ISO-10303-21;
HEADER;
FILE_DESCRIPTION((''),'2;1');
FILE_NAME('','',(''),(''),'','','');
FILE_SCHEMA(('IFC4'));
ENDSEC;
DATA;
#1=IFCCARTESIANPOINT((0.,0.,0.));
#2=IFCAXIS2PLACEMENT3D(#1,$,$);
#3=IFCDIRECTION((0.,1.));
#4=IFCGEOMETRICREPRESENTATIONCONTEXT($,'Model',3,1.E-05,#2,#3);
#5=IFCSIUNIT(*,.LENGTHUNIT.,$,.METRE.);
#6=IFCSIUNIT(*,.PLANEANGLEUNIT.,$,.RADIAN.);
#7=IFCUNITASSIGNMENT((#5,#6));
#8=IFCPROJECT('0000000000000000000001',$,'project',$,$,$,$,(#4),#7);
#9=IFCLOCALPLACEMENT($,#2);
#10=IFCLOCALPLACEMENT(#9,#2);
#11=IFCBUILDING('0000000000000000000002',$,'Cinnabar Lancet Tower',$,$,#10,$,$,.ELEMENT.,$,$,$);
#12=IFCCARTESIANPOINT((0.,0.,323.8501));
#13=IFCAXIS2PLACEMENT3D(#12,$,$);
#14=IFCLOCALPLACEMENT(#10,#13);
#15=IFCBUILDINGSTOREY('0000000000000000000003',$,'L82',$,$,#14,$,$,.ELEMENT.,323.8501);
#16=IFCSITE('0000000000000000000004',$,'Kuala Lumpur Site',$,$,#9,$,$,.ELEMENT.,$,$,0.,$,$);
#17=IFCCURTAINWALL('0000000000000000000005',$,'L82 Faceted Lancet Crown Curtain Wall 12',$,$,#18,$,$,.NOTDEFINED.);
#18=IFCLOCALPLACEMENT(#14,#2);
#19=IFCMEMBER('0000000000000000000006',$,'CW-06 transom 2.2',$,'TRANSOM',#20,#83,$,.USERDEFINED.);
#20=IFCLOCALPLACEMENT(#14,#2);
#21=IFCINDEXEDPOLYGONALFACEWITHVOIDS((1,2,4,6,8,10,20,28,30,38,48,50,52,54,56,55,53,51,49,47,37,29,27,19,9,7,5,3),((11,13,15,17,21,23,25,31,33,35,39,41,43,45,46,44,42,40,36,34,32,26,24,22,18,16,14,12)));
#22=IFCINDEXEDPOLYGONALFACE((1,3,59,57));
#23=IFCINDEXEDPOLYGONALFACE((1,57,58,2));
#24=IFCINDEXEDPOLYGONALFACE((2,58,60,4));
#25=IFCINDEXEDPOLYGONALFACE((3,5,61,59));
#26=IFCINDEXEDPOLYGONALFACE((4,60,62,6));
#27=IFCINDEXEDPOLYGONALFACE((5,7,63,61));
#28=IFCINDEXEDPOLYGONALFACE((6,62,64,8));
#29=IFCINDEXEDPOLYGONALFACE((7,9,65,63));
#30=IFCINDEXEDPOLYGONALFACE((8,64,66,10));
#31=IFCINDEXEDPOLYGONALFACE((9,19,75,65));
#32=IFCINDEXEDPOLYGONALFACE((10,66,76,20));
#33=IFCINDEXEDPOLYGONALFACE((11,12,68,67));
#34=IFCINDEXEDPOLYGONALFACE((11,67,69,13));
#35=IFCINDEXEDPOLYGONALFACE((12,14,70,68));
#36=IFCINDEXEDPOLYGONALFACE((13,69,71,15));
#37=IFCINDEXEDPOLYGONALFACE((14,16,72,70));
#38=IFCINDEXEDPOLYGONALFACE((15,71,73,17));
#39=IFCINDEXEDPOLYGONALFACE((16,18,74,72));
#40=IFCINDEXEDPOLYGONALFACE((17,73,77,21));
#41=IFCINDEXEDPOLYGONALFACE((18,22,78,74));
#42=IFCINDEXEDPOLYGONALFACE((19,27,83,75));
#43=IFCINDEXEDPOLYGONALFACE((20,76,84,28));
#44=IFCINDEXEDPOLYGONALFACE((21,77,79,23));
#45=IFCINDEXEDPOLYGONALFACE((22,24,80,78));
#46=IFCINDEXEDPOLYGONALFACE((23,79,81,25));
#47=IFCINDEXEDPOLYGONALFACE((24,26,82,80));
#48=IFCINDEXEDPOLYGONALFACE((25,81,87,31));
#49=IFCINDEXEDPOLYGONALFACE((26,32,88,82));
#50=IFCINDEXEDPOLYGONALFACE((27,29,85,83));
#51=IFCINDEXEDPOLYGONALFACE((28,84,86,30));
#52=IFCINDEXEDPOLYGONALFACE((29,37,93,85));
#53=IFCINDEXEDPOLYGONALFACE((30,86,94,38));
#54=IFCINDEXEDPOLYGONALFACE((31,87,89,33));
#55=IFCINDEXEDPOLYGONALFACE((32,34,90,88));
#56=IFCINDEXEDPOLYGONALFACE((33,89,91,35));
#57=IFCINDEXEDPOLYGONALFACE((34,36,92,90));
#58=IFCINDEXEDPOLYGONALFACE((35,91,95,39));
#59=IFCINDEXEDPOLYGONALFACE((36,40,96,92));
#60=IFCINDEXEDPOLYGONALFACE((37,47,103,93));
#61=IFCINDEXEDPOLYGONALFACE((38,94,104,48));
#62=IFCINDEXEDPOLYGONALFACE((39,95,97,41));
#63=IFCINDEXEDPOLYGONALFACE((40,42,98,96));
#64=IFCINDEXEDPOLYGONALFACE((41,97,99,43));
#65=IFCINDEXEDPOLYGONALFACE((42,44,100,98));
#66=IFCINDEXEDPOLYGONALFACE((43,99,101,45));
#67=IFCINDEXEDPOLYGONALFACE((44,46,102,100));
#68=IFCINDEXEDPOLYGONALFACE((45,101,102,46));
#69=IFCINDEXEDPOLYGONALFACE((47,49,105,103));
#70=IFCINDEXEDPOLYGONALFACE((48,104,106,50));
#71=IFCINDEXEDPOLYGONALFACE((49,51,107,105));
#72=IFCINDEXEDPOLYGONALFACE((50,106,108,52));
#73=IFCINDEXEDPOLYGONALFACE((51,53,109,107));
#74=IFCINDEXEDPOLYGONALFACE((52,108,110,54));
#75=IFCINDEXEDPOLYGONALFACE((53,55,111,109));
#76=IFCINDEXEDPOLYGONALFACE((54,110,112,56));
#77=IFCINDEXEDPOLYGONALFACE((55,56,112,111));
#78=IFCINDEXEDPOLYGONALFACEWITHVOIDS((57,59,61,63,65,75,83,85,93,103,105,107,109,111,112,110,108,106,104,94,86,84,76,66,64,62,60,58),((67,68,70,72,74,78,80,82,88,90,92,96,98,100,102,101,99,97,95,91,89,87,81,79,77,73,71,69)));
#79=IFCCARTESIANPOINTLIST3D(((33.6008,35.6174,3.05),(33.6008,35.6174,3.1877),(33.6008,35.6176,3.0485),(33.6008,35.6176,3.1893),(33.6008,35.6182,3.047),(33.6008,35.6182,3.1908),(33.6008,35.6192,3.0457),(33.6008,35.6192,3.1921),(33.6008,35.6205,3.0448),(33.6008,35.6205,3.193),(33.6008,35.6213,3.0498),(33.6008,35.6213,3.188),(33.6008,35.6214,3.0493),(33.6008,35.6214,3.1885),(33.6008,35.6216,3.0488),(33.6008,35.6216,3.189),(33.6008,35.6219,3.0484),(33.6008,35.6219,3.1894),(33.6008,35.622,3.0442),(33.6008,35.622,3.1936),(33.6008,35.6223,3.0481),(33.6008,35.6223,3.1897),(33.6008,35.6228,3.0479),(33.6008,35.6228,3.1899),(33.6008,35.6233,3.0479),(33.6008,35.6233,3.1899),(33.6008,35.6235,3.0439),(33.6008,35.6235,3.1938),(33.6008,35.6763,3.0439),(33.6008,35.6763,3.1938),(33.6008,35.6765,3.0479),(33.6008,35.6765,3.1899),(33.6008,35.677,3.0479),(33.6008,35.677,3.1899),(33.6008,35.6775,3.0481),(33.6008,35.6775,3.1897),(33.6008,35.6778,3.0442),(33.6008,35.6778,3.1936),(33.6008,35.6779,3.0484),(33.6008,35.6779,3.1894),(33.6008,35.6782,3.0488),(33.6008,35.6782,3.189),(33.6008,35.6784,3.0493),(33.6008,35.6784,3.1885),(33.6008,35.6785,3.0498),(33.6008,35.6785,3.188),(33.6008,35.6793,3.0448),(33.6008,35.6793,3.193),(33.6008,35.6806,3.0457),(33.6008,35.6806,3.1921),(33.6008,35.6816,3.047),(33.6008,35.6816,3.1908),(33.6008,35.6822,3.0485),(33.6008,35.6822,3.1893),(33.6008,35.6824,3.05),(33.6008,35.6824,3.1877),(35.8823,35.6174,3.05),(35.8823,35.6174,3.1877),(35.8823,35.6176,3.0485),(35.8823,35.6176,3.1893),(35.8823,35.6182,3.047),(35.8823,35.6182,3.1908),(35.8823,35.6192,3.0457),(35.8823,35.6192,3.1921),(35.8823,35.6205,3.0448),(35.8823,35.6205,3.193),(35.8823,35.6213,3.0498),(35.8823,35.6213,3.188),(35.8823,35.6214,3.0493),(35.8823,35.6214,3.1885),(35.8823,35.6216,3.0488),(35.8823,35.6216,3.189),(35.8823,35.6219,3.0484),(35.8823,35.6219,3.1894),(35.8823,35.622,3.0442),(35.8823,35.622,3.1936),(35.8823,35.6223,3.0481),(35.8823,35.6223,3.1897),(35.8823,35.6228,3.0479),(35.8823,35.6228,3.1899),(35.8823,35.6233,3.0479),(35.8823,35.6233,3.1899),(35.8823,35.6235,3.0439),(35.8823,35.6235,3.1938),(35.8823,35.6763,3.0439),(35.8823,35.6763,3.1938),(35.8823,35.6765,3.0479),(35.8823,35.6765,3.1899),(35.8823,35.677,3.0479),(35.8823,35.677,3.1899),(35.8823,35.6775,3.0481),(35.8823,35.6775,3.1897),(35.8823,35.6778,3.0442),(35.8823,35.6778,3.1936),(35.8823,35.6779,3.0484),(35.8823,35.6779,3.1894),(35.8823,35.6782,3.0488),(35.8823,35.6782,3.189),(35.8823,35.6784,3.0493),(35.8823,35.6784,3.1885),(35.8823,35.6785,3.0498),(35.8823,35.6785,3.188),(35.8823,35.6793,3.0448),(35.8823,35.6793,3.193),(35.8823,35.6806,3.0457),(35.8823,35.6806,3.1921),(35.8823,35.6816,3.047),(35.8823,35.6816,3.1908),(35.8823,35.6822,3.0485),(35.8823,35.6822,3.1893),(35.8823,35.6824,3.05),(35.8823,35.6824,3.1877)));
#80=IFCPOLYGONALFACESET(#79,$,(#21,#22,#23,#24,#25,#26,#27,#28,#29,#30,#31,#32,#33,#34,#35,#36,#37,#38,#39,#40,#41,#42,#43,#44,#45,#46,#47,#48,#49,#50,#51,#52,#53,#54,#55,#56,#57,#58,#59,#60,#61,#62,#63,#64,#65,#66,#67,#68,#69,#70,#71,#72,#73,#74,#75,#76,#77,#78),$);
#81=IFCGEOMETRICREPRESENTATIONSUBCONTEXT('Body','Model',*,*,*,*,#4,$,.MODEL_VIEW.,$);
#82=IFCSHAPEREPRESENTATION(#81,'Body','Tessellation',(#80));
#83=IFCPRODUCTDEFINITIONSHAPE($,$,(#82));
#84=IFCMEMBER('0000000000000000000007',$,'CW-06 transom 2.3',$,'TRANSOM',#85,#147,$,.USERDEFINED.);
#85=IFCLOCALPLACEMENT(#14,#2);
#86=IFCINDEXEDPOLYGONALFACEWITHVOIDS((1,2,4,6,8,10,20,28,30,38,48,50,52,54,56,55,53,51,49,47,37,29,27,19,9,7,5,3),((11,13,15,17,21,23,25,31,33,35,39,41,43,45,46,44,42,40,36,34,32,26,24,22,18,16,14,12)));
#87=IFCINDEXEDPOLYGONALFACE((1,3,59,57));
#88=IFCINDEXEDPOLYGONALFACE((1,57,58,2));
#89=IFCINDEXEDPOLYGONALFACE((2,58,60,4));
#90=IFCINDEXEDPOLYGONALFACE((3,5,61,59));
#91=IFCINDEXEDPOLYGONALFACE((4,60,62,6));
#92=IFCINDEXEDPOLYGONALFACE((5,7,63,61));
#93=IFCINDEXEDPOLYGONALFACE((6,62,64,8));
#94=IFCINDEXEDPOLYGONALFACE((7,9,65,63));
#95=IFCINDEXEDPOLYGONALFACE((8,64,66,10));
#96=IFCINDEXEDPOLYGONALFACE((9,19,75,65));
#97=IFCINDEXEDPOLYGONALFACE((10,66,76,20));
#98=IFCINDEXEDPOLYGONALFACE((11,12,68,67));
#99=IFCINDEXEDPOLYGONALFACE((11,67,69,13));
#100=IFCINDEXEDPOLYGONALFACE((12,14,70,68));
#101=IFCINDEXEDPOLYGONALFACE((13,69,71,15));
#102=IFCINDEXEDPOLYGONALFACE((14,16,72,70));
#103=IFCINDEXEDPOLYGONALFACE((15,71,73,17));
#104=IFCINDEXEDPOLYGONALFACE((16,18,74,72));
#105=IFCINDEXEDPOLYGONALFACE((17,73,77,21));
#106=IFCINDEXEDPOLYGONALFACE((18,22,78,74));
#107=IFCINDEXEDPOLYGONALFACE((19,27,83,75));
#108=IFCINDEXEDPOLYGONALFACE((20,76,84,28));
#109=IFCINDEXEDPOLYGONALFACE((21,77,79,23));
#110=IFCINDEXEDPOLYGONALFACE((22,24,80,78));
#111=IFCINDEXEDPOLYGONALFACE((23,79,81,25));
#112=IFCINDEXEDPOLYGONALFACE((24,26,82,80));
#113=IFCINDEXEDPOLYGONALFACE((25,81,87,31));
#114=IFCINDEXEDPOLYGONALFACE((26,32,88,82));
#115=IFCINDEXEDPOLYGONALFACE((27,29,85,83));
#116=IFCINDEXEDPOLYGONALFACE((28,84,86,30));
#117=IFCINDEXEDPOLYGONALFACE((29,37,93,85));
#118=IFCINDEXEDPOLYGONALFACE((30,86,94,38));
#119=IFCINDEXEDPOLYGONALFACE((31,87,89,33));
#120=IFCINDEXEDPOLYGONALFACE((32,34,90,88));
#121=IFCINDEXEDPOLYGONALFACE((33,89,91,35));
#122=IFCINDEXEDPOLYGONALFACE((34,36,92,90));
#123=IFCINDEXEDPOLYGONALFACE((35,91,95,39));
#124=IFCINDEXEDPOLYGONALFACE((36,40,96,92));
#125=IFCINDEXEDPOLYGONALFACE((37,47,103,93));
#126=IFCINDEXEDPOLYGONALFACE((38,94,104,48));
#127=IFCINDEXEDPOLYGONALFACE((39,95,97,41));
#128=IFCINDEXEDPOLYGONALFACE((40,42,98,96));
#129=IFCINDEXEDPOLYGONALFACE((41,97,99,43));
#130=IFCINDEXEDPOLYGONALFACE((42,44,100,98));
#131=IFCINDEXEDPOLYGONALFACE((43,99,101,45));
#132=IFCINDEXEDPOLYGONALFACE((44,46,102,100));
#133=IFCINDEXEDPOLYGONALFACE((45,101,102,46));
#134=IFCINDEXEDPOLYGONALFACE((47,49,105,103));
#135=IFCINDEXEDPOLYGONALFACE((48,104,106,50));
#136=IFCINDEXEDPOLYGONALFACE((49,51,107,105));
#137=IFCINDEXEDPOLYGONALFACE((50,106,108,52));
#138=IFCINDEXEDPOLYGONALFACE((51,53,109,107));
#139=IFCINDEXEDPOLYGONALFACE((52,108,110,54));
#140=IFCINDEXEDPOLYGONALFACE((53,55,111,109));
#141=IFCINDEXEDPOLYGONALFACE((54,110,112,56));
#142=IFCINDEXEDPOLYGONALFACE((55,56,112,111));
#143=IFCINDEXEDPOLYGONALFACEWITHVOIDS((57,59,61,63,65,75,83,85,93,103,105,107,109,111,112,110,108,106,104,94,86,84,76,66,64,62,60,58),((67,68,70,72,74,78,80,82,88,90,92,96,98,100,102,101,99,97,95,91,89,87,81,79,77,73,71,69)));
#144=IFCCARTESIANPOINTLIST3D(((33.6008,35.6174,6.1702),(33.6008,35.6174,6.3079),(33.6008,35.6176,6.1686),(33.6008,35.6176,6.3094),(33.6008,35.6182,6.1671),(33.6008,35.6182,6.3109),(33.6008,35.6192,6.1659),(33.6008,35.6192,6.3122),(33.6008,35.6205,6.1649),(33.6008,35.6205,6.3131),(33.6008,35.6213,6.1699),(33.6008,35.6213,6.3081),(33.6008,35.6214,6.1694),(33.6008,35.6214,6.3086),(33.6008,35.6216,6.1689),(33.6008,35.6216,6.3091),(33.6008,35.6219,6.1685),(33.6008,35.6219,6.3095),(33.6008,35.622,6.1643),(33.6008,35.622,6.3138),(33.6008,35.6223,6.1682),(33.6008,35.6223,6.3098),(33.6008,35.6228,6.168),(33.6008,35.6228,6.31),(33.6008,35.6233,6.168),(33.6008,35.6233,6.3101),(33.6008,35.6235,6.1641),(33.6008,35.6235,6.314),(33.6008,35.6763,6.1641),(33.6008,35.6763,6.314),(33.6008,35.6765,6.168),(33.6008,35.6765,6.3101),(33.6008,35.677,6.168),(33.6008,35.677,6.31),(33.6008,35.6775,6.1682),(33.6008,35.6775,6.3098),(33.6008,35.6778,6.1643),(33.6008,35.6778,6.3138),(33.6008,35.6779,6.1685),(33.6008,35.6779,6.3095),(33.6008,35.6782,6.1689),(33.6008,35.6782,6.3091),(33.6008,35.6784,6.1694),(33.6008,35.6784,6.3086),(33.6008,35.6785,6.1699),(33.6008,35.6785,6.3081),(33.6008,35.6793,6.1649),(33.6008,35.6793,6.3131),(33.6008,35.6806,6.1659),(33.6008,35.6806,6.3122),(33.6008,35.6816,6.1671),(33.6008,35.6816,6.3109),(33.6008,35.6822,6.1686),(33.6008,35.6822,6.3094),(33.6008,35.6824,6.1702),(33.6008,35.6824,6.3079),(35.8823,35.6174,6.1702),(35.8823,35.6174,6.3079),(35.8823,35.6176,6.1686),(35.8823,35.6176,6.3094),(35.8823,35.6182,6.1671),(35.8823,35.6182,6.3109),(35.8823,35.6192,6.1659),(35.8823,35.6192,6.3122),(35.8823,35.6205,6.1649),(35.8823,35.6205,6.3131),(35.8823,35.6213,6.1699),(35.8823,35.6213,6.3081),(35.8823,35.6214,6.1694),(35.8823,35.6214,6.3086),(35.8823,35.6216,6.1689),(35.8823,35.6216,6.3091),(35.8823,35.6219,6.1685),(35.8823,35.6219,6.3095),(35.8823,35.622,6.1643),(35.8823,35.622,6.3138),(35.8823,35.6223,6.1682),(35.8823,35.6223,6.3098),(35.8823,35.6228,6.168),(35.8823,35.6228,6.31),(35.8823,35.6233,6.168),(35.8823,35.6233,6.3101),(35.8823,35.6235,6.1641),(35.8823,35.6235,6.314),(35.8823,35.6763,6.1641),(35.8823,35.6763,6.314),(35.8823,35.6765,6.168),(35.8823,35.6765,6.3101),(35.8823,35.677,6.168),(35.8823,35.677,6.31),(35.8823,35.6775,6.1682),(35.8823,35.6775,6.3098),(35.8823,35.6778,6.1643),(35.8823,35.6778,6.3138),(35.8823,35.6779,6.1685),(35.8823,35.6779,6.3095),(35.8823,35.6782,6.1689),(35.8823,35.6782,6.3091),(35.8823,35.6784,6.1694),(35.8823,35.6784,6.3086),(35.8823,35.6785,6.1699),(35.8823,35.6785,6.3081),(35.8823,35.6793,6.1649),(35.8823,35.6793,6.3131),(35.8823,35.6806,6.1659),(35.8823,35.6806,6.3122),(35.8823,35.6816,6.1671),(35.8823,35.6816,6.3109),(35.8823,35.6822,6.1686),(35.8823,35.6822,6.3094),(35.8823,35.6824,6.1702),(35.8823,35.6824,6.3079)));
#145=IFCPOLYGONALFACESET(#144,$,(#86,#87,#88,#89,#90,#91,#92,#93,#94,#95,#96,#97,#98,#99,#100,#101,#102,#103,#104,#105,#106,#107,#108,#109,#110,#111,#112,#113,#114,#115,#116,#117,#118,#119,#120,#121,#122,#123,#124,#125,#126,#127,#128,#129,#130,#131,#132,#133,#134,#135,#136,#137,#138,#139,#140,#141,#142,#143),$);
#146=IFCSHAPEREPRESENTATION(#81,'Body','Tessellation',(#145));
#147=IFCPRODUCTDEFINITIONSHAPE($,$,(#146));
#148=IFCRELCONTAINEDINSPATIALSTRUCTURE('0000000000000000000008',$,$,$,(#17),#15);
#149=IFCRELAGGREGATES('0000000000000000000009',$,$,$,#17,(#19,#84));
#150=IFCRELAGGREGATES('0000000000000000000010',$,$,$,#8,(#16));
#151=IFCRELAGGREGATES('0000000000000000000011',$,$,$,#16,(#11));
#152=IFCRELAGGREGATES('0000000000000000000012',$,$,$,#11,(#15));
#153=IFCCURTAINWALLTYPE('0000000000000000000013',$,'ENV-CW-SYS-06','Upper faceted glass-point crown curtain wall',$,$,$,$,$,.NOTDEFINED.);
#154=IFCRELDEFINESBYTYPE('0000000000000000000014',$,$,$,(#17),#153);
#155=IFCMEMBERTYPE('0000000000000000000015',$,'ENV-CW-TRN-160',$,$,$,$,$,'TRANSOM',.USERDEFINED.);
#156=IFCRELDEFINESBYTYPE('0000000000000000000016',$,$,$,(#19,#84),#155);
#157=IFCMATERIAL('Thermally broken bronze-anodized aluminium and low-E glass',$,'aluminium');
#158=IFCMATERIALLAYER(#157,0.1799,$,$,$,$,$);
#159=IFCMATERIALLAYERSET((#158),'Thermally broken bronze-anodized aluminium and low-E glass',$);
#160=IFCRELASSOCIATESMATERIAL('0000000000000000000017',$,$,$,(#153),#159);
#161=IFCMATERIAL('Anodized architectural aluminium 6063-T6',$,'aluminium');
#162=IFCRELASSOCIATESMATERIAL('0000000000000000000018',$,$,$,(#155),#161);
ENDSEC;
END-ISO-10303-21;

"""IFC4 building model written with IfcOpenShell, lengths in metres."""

from ifc_helpers import new_model, si_unit, direction, frame, origin, origin_2d, place, context, subcontext, project, spatial, hollow_rectangle, extrude, material, layer, layer_set, material_profile, profile_set, type_object, element, aggregate, save


model = new_model("IFC4")

# Units and contexts
model_context = context("Model", 3, precision=1e-05, world=origin(), true_north=direction((0.0, 1.0)))
body_context = subcontext(model_context, "Body", "Model", "MODEL_VIEW")
ifc_project = project(units=[si_unit("LENGTHUNIT", "METRE"), si_unit("PLANEANGLEUNIT", "RADIAN")], contexts=[model_context])

# Site, building, storey
site_placement = place(None, origin())
site = spatial("IfcSite", under=ifc_project, at=site_placement, Name="Kuala Lumpur Site", CompositionType="ELEMENT", RefElevation=0.0)
building_placement = place(site_placement, origin())
building = spatial("IfcBuilding", under=site, at=building_placement, Name="Cinnabar Lancet Tower", CompositionType="ELEMENT")
storey_placement = place(building_placement, frame((0.0, 0.0, 323.8501)))
storey = spatial("IfcBuildingStorey", under=building, at=storey_placement, Name="L82", CompositionType="ELEMENT", Elevation=323.8501)

# Shared definitions
ifc_material_1 = material(Name="Thermally broken bronze-anodized aluminium and low-E glass", Category="aluminium")
ifc_layer_1 = layer(ifc_material_1, 0.1799)
ifc_layer_set_1 = layer_set([ifc_layer_1], Name="Thermally broken bronze-anodized aluminium and low-E glass")
curtain_wall_type = type_object("IfcCurtainWallType", Name="ENV-CW-SYS-06", Description="Upper faceted glass-point crown curtain wall", PredefinedType="NOTDEFINED", material=ifc_layer_set_1)

# Curtain wall, members
curtain_wall_1_placement = place(storey_placement, origin())
curtain_wall_1 = element("IfcCurtainWall", 1, at=curtain_wall_1_placement, inside=storey, type_object=curtain_wall_type, Name="L82 Faceted Lancet Crown Curtain Wall 12", PredefinedType="NOTDEFINED")
ifc_material_2 = material(Name="Anodized architectural aluminium 6063-T6", Category="aluminium")
ifc_material_profile_1 = material_profile(ifc_material_2, hollow_rectangle(XDim=0.0649, YDim=0.1499, WallThickness=0.0039, InnerFilletRadius=0.002, OuterFilletRadius=0.0061, at=origin_2d()), Name="CW-TRN 150x65x4")
ifc_profile_set_1 = profile_set([ifc_material_profile_1], Name="Anodized architectural aluminium 6063-T6")
member_type_1 = type_object("IfcMemberType", Name="ENV-CW-TRN-160", ElementType="TRANSOM", PredefinedType="USERDEFINED", material=ifc_profile_set_1)
member_1_placement = place(storey_placement, frame((35.8823, 35.6499, 3.1189), z_axis=(-1.0, 0.0, 0.0), x_axis=(0.0, -1.0, 0.0)))
member_1 = element("IfcMember", 2, at=member_1_placement, type_object=member_type_1, Name="CW-06 transom 2.2", ObjectType="TRANSOM", PredefinedType="USERDEFINED", context=body_context, shape_type="SweptSolid", body=[
    extrude(hollow_rectangle(XDim=0.0649, YDim=0.1499, WallThickness=0.0039, InnerFilletRadius=0.002, OuterFilletRadius=0.0061, at=origin_2d()), origin(), (0.0, 0.0, 1.0), 2.2815),
])
member_2_placement = place(storey_placement, frame((35.8823, 35.6499, 6.239), z_axis=(-1.0, 0.0, 0.0), x_axis=(0.0, -1.0, 0.0)))
member_2 = element("IfcMember", 3, at=member_2_placement, type_object=member_type_1, Name="CW-06 transom 2.3", ObjectType="TRANSOM", PredefinedType="USERDEFINED", context=body_context, shape_type="SweptSolid", body=[
    extrude(hollow_rectangle(XDim=0.0649, YDim=0.1499, WallThickness=0.0039, InnerFilletRadius=0.002, OuterFilletRadius=0.0061, at=origin_2d()), origin(), (0.0, 0.0, 1.0), 2.2815),
])

aggregate(curtain_wall_1, [member_1, member_2])

save(model, "model.ifc")
